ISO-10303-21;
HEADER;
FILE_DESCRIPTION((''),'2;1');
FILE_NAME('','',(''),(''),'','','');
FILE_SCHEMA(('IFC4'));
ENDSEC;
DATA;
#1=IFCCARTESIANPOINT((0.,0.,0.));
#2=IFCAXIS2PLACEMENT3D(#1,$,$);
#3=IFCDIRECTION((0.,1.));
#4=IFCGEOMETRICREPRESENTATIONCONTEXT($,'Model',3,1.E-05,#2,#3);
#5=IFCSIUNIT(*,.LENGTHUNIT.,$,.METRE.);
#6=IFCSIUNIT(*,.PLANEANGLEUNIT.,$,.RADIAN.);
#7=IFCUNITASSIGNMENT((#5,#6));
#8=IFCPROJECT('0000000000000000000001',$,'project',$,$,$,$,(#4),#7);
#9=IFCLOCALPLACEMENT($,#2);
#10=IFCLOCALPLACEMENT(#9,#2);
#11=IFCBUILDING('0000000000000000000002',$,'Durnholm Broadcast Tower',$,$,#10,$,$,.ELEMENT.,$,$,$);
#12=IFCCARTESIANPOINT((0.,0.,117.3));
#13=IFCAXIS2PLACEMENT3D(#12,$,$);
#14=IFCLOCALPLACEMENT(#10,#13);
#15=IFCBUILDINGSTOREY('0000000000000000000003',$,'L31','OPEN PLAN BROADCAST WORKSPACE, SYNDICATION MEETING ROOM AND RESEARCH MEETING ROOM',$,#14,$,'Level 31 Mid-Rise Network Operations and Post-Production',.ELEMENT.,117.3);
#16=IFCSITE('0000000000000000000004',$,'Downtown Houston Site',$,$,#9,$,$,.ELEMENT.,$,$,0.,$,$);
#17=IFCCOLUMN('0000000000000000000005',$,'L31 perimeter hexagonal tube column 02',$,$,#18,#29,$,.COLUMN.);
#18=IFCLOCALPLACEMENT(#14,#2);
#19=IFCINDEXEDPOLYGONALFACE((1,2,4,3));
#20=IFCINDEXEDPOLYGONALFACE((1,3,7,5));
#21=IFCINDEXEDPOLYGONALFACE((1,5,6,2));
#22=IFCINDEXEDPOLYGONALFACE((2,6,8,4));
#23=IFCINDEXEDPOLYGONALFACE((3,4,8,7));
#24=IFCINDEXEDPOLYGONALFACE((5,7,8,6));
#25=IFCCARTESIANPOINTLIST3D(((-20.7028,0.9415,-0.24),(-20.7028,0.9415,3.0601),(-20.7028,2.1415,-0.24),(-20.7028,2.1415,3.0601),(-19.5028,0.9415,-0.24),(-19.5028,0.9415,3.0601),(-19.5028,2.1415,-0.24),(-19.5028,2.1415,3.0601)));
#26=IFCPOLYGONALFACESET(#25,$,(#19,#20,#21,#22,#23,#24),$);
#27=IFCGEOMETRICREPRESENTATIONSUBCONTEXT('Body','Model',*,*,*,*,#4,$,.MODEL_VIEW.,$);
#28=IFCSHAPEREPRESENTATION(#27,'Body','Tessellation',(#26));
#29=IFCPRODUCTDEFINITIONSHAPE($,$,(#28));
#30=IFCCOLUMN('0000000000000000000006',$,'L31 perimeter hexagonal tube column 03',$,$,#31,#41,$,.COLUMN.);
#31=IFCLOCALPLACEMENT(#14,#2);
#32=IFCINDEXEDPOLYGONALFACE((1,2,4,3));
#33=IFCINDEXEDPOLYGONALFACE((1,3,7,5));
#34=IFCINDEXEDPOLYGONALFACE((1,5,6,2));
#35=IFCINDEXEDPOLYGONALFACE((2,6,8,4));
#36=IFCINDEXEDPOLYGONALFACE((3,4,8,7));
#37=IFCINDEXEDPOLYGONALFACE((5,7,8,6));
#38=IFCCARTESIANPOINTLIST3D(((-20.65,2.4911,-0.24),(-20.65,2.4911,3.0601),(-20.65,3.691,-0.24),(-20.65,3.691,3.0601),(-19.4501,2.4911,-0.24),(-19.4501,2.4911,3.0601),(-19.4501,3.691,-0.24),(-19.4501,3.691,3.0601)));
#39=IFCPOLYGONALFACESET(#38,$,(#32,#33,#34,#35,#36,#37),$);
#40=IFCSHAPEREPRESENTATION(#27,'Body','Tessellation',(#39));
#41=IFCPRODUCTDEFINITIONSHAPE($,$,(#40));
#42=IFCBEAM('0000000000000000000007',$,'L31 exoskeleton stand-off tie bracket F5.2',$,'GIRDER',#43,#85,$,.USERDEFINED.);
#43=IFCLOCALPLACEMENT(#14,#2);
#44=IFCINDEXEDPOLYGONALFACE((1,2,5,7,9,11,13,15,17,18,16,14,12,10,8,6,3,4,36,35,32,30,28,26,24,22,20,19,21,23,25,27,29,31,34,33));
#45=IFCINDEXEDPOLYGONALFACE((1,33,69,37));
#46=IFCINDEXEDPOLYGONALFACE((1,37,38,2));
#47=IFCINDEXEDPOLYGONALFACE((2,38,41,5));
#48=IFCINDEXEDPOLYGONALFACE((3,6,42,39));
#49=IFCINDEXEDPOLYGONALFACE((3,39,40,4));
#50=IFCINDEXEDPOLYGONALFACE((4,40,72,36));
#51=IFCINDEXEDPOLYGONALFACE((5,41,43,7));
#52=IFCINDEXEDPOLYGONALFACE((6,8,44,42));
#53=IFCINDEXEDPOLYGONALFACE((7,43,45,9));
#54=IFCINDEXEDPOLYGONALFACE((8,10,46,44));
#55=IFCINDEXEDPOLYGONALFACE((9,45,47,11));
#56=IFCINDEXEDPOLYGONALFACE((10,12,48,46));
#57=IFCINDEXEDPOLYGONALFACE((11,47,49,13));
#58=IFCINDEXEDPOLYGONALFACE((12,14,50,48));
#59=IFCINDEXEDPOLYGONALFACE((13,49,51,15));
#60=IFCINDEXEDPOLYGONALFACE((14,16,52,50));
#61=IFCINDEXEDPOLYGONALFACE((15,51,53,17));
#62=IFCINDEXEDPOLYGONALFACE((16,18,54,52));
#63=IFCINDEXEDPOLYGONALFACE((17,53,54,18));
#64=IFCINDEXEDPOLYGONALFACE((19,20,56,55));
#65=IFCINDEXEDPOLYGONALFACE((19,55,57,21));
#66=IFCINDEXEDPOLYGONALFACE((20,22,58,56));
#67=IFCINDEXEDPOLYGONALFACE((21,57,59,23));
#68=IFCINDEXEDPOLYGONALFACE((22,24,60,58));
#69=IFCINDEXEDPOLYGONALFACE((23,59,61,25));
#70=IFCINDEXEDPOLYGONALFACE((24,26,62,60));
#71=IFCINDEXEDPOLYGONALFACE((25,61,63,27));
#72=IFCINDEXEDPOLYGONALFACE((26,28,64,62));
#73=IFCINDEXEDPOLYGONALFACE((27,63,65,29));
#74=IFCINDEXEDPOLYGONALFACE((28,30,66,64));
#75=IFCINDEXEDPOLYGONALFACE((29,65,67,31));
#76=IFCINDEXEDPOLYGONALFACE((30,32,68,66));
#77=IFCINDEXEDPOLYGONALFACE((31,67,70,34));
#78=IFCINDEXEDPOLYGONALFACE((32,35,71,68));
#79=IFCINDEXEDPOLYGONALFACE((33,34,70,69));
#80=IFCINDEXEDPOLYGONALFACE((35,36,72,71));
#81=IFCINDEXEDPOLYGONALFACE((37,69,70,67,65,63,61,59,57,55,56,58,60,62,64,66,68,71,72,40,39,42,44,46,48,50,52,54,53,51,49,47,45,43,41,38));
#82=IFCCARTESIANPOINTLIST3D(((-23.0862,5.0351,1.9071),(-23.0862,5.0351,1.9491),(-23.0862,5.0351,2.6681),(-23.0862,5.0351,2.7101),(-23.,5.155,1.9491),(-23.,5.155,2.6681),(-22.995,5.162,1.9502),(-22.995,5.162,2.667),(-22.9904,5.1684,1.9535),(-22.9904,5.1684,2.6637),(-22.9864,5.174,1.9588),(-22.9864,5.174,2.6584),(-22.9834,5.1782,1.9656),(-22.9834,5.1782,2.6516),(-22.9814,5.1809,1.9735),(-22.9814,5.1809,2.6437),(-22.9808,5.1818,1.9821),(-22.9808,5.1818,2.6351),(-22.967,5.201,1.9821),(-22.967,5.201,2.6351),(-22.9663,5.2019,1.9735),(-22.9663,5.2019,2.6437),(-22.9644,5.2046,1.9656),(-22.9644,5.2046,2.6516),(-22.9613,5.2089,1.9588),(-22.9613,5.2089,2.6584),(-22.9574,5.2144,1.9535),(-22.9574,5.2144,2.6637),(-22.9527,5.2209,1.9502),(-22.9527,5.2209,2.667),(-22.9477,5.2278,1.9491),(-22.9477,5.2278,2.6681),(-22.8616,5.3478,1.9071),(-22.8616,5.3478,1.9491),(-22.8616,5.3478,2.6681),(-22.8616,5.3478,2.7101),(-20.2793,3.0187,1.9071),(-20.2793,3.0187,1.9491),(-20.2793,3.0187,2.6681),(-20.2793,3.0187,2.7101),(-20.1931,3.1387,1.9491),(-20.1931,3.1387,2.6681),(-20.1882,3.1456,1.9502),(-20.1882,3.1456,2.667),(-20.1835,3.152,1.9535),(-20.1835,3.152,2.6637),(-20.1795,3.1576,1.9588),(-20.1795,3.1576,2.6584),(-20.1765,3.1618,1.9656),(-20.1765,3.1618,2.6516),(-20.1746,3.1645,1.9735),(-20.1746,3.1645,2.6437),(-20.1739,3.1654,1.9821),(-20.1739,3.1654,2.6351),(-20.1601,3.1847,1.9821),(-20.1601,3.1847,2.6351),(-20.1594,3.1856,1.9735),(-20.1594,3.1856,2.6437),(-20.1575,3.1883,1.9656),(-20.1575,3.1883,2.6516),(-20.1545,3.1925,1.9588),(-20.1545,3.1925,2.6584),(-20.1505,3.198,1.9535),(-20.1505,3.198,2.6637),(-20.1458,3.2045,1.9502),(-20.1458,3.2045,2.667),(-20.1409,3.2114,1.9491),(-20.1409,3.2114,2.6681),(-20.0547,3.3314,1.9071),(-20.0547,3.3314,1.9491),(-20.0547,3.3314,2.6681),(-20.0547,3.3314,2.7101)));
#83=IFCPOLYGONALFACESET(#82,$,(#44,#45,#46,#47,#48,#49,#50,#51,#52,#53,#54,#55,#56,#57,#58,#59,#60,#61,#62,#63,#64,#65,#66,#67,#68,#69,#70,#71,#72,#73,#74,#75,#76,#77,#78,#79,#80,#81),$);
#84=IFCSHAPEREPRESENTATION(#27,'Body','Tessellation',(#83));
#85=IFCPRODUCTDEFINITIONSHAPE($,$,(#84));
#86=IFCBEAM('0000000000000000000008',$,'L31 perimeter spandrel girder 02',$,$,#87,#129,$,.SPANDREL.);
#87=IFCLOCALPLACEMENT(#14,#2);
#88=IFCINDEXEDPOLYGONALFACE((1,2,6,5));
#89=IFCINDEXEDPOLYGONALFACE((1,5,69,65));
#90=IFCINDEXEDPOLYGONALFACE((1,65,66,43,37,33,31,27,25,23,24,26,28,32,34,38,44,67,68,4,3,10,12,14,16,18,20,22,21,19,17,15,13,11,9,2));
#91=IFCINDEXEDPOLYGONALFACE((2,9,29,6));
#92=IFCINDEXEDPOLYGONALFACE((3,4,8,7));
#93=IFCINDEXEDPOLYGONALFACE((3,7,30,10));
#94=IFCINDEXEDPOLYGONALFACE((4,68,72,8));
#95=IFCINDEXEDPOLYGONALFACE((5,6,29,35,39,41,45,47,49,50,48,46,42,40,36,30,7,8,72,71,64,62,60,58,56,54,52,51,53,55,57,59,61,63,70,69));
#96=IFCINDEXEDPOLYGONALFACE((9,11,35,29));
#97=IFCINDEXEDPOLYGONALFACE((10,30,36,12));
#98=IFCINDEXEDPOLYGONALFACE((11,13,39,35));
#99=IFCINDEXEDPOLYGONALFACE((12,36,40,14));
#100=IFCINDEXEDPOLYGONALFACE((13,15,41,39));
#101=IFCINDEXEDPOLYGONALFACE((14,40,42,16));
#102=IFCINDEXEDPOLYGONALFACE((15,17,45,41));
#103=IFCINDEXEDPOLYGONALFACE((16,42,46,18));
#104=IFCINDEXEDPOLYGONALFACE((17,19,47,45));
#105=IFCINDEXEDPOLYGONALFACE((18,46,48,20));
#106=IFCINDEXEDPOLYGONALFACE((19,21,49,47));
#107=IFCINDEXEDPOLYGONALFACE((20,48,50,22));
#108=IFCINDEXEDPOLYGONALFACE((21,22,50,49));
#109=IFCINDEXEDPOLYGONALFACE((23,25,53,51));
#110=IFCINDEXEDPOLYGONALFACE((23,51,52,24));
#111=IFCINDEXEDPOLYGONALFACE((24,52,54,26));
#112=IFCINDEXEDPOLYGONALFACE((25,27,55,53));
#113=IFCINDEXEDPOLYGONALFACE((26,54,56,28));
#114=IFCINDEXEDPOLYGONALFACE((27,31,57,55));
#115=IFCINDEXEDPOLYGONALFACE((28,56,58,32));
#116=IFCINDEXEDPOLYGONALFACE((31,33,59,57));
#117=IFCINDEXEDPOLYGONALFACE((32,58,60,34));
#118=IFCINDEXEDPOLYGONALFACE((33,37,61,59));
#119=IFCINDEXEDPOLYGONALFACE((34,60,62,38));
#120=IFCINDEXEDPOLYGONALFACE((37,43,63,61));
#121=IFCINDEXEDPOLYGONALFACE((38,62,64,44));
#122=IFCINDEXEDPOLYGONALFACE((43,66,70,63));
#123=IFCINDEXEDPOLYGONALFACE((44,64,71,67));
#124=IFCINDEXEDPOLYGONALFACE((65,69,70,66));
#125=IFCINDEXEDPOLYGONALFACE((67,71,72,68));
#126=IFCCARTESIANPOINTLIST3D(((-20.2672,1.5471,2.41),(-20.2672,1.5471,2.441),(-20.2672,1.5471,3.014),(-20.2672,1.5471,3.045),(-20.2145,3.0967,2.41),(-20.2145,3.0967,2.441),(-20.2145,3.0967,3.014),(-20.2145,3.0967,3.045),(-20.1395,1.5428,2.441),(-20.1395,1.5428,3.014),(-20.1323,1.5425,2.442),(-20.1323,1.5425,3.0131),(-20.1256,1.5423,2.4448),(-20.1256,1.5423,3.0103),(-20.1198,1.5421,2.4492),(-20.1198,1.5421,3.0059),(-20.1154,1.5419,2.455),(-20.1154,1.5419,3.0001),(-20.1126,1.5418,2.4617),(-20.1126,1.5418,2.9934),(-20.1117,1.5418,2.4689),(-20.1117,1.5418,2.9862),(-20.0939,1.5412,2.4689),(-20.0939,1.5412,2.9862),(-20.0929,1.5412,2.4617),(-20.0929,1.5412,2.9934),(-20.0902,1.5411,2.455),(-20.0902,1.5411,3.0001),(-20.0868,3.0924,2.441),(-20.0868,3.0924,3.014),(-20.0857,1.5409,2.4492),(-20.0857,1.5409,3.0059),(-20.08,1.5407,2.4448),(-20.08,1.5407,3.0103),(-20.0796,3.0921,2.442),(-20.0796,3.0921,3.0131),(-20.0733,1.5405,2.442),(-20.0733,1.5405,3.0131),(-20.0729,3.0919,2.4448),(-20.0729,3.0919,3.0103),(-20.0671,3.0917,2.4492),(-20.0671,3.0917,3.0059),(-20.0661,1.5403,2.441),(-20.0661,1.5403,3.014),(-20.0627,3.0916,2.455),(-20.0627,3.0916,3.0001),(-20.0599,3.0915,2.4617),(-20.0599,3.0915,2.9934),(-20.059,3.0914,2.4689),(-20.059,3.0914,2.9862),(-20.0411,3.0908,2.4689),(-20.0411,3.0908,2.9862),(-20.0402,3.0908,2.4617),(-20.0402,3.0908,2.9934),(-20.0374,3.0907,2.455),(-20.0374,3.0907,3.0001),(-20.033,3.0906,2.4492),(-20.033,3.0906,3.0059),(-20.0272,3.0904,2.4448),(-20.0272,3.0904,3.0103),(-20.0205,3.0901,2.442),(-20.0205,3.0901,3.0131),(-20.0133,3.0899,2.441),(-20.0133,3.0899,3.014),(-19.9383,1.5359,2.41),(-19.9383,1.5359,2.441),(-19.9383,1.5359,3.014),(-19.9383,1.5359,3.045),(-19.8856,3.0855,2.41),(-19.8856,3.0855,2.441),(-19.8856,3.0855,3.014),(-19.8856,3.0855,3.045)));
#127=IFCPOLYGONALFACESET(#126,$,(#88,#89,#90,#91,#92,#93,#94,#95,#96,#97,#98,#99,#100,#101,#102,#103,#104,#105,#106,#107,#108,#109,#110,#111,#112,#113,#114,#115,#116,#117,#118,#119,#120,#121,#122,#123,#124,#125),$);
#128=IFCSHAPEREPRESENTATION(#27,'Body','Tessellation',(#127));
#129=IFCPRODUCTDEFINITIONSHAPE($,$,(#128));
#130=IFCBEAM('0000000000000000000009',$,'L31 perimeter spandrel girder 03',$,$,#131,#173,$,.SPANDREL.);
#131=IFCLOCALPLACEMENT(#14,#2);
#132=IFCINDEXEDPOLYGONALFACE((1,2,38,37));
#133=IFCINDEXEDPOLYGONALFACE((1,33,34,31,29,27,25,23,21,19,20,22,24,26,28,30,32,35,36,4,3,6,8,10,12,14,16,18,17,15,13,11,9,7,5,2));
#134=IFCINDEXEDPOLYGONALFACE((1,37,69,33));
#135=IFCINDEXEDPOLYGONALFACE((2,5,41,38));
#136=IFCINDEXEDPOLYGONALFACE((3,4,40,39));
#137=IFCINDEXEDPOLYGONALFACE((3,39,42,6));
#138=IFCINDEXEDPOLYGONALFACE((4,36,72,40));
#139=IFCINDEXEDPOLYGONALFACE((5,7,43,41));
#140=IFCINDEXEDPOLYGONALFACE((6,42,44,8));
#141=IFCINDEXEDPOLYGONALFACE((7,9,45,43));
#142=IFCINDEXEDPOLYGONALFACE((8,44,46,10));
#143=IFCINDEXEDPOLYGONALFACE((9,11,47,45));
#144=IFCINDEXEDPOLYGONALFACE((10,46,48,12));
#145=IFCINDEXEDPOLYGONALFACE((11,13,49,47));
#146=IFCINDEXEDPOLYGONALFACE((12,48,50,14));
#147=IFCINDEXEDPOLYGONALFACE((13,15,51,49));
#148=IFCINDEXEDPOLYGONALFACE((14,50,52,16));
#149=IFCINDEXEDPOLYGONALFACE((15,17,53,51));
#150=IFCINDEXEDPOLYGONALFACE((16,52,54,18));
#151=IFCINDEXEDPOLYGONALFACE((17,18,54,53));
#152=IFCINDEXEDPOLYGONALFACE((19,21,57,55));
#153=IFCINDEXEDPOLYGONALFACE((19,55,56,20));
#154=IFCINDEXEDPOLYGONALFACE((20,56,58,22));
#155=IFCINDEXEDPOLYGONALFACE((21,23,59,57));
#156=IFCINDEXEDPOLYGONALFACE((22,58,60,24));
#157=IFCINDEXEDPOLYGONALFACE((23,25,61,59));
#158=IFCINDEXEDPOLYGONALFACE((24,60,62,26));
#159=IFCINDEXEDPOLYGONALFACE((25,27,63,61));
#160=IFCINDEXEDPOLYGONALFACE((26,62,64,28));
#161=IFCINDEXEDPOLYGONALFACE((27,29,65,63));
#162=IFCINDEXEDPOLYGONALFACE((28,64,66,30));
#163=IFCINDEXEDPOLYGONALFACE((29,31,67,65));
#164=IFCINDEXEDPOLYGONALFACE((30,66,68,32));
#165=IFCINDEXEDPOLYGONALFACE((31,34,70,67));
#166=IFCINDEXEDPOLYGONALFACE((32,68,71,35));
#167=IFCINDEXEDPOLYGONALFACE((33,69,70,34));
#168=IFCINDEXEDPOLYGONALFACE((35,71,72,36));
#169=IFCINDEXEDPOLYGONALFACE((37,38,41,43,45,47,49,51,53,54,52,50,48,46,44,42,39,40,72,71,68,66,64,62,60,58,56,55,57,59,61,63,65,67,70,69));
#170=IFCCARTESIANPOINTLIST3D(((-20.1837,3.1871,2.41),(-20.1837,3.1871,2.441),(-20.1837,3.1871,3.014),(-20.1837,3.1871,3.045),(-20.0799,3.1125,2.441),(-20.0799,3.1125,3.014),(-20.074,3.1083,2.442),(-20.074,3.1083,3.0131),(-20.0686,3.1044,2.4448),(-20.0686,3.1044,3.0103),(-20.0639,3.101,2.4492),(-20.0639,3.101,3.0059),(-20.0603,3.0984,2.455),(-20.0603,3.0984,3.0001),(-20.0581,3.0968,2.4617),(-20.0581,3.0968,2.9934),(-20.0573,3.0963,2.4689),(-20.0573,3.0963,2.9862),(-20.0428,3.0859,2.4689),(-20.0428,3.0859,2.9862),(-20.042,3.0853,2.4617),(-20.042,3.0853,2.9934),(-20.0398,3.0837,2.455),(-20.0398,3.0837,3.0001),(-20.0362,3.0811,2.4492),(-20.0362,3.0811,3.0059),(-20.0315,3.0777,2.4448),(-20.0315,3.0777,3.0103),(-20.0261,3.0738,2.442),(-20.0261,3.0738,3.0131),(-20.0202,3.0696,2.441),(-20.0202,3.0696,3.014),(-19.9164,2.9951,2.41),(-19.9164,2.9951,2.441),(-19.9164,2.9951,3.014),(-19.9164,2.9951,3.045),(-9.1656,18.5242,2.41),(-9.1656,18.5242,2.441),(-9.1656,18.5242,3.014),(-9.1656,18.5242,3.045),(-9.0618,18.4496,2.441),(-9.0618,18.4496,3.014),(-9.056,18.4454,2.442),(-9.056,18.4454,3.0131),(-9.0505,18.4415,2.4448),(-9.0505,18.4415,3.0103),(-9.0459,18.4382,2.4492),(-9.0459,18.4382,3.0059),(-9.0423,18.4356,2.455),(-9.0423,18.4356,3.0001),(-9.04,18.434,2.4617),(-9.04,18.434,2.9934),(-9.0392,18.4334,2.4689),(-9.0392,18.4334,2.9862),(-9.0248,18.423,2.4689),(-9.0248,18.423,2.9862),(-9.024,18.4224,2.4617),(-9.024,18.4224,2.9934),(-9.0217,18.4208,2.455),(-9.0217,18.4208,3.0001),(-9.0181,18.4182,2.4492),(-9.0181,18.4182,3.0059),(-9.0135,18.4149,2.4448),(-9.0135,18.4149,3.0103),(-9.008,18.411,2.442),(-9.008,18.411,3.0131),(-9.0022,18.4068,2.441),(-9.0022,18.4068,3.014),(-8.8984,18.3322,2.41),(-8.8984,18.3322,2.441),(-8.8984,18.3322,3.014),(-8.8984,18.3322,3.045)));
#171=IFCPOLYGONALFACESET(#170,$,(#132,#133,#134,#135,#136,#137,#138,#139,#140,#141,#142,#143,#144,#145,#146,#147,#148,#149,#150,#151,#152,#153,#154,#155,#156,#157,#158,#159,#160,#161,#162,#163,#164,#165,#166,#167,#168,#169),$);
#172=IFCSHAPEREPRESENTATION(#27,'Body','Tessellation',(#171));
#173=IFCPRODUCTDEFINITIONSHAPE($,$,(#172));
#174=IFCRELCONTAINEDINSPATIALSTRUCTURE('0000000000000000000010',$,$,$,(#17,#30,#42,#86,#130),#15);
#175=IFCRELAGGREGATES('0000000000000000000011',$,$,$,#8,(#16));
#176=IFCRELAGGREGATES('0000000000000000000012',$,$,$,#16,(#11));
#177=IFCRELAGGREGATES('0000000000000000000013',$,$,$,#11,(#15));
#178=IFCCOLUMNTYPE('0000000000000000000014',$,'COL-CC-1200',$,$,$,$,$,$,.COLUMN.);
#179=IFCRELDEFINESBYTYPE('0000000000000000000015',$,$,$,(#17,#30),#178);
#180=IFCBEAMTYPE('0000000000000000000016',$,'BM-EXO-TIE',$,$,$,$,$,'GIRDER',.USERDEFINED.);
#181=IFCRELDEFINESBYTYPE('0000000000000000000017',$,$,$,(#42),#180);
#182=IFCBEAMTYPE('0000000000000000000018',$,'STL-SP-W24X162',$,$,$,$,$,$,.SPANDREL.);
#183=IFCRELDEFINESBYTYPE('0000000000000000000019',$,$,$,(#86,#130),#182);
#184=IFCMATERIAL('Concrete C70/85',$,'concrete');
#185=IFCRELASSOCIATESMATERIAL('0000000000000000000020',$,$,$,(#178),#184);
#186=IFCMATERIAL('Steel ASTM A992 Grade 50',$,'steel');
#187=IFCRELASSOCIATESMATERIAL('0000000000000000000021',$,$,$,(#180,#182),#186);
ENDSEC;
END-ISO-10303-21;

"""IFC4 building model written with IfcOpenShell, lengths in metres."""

from ifc_helpers import new_model, si_unit, direction, frame, origin, origin_2d, place, context, subcontext, project, spatial, rectangle, i_section, extrude, source, transform, mapped, material, material_profile, profile_set, type_object, type_shapes, element, save


model = new_model("IFC4")

# Units and contexts
model_context = context("Model", 3, precision=1e-05, world=origin(), true_north=direction((0.0, 1.0)))
body_context = subcontext(model_context, "Body", "Model", "MODEL_VIEW")
ifc_project = project(units=[si_unit("LENGTHUNIT", "METRE"), si_unit("PLANEANGLEUNIT", "RADIAN")], contexts=[model_context])

# Site, building, storey
site_placement = place(None, origin())
site = spatial("IfcSite", under=ifc_project, at=site_placement, Name="Downtown Houston Site", CompositionType="ELEMENT", RefElevation=0.0)
building_placement = place(site_placement, origin())
building = spatial("IfcBuilding", under=site, at=building_placement, Name="Durnholm Broadcast Tower", CompositionType="ELEMENT")
storey_placement = place(building_placement, frame((0.0, 0.0, 117.3)))
storey = spatial("IfcBuildingStorey", under=building, at=storey_placement, Name="L31", Description="OPEN PLAN BROADCAST WORKSPACE, SYNDICATION MEETING ROOM AND RESEARCH MEETING ROOM", LongName="Level 31 Mid-Rise Network Operations and Post-Production", CompositionType="ELEMENT", Elevation=117.3)

# Columns
ifc_material_1 = material(Name="Concrete C70/85", Category="concrete")
ifc_material_profile_1 = material_profile(ifc_material_1, rectangle(XDim=1.2, YDim=1.2, at=origin_2d()), Name="RC1200X1200")
ifc_profile_set_1 = profile_set([ifc_material_profile_1], Name="Concrete C70/85")
column_type = type_object("IfcColumnType", Name="COL-CC-1200", PredefinedType="COLUMN", material=ifc_profile_set_1)
shared_shape_1 = source(origin(), body_context, "Body", "SweptSolid", [
    extrude(rectangle(XDim=1.2, YDim=1.2, at=origin_2d()), origin(), (0.0, 0.0, 1.0), 3.3),
])
type_shapes(column_type, [shared_shape_1])
for number, where, z_axis, x_axis, name in (
    (1, (-20.1028, 1.5415, -0.24), (0.0, 0.0, 1.0), (1.0, 0.0, 0.0), "L31 perimeter hexagonal tube column 02"),
    (2, (-20.05, 3.0911, -0.24), (0.0, 0.0, 1.0), (1.0, 0.0, 0.0), "L31 perimeter hexagonal tube column 03"),
):
    element("IfcColumn", number, at=place(storey_placement, frame(where, z_axis=z_axis, x_axis=x_axis)), inside=storey, type_object=column_type, Name=name, PredefinedType="COLUMN", context=body_context, shape_type="MappedRepresentation", body=[
        mapped(shared_shape_1, transform((0.0, 0.0, 0.0), x_axis=(1.0, 0.0, 0.0), y_axis=(0.0, 1.0, 0.0), z_axis=(0.0, 0.0, 1.0), scale=1.0)),
    ])

# Beams
ifc_material_2 = material(Name="Steel ASTM A992 Grade 50", Category="steel")
ifc_material_profile_2 = material_profile(ifc_material_2, i_section(OverallWidth=0.385, OverallDepth=0.803, WebThickness=0.0237, FlangeThickness=0.042, FilletRadius=0.033, at=origin_2d()), Name="W30X261")
ifc_profile_set_2 = profile_set([ifc_material_profile_2], Name="Steel ASTM A992 Grade 50")
beam_type_1 = type_object("IfcBeamType", Name="BM-EXO-TIE", ElementType="GIRDER", PredefinedType="USERDEFINED", material=ifc_profile_set_2)
shared_shape_2 = source(origin(), body_context, "Body", "SweptSolid", [
    extrude(i_section(OverallWidth=0.385, OverallDepth=0.803, WebThickness=0.0237, FlangeThickness=0.042, FilletRadius=0.033, at=origin_2d()), origin(), (0.0, 0.0, 1.0), 3.4561),
])
type_shapes(beam_type_1, [shared_shape_2])
beam_1_placement = place(storey_placement, frame((-20.167, 3.175, 2.3086), z_axis=(-0.812165, 0.583428, 0.0), x_axis=(-0.583428, -0.812165, 0.0)))
element("IfcBeam", 3, at=beam_1_placement, inside=storey, type_object=beam_type_1, Name="L31 exoskeleton stand-off tie bracket F5.2", ObjectType="GIRDER", PredefinedType="USERDEFINED", context=body_context, shape_type="MappedRepresentation", body=[
    mapped(shared_shape_2, transform((0.0, 0.0, 0.0), x_axis=(1.0, 0.0, 0.0), y_axis=(0.0, 1.0, 0.0), z_axis=(0.0, 0.0, 1.0), scale=1.0)),
])
ifc_material_profile_3 = material_profile(ifc_material_2, i_section(OverallWidth=0.3291, OverallDepth=0.635, WebThickness=0.0178, FlangeThickness=0.031, FilletRadius=0.0278, at=origin_2d()), Name="W24X162")
ifc_profile_set_3 = profile_set([ifc_material_profile_3], Name="Steel ASTM A992 Grade 50")
beam_type_2 = type_object("IfcBeamType", Name="STL-SP-W24X162", PredefinedType="SPANDREL", material=ifc_profile_set_3)
shared_shape_3 = source(origin(), body_context, "Body", "SweptSolid", [
    extrude(i_section(OverallWidth=0.3291, OverallDepth=0.635, WebThickness=0.0178, FlangeThickness=0.031, FilletRadius=0.0278, at=origin_2d()), origin(), (0.0, 0.0, 1.0), 1.5505),
])
beam_2_placement = place(storey_placement, frame((-20.1028, 1.5415, 2.7275), z_axis=(0.034012, 0.999421, 0.0), x_axis=(-0.999421, 0.034012, 0.0)))
element("IfcBeam", 4, at=beam_2_placement, inside=storey, type_object=beam_type_2, Name="L31 perimeter spandrel girder 02", PredefinedType="SPANDREL", context=body_context, shape_type="MappedRepresentation", body=[
    mapped(shared_shape_3, transform((0.0, 0.0, 0.0), x_axis=(1.0, 0.0, 0.0), y_axis=(0.0, 1.0, 0.0), z_axis=(0.0, 0.0, 1.0), scale=1.0)),
])
shared_shape_4 = source(origin(), body_context, "Body", "SweptSolid", [
    extrude(i_section(OverallWidth=0.3291, OverallDepth=0.635, WebThickness=0.0178, FlangeThickness=0.031, FilletRadius=0.0278, at=origin_2d()), origin(), (0.0, 0.0, 1.0), 18.8845),
])
type_shapes(beam_type_2, [shared_shape_3, shared_shape_4])
beam_3_placement = place(storey_placement, frame((-20.05, 3.0911, 2.7275), z_axis=(0.583443, 0.812154, 0.0), x_axis=(-0.812154, 0.583443, 0.0)))
element("IfcBeam", 5, at=beam_3_placement, inside=storey, type_object=beam_type_2, Name="L31 perimeter spandrel girder 03", PredefinedType="SPANDREL", context=body_context, shape_type="MappedRepresentation", body=[
    mapped(shared_shape_4, transform((0.0, 0.0, 0.0), x_axis=(1.0, 0.0, 0.0), y_axis=(0.0, 1.0, 0.0), z_axis=(0.0, 0.0, 1.0), scale=1.0)),
])

save(model, "model.ifc")
